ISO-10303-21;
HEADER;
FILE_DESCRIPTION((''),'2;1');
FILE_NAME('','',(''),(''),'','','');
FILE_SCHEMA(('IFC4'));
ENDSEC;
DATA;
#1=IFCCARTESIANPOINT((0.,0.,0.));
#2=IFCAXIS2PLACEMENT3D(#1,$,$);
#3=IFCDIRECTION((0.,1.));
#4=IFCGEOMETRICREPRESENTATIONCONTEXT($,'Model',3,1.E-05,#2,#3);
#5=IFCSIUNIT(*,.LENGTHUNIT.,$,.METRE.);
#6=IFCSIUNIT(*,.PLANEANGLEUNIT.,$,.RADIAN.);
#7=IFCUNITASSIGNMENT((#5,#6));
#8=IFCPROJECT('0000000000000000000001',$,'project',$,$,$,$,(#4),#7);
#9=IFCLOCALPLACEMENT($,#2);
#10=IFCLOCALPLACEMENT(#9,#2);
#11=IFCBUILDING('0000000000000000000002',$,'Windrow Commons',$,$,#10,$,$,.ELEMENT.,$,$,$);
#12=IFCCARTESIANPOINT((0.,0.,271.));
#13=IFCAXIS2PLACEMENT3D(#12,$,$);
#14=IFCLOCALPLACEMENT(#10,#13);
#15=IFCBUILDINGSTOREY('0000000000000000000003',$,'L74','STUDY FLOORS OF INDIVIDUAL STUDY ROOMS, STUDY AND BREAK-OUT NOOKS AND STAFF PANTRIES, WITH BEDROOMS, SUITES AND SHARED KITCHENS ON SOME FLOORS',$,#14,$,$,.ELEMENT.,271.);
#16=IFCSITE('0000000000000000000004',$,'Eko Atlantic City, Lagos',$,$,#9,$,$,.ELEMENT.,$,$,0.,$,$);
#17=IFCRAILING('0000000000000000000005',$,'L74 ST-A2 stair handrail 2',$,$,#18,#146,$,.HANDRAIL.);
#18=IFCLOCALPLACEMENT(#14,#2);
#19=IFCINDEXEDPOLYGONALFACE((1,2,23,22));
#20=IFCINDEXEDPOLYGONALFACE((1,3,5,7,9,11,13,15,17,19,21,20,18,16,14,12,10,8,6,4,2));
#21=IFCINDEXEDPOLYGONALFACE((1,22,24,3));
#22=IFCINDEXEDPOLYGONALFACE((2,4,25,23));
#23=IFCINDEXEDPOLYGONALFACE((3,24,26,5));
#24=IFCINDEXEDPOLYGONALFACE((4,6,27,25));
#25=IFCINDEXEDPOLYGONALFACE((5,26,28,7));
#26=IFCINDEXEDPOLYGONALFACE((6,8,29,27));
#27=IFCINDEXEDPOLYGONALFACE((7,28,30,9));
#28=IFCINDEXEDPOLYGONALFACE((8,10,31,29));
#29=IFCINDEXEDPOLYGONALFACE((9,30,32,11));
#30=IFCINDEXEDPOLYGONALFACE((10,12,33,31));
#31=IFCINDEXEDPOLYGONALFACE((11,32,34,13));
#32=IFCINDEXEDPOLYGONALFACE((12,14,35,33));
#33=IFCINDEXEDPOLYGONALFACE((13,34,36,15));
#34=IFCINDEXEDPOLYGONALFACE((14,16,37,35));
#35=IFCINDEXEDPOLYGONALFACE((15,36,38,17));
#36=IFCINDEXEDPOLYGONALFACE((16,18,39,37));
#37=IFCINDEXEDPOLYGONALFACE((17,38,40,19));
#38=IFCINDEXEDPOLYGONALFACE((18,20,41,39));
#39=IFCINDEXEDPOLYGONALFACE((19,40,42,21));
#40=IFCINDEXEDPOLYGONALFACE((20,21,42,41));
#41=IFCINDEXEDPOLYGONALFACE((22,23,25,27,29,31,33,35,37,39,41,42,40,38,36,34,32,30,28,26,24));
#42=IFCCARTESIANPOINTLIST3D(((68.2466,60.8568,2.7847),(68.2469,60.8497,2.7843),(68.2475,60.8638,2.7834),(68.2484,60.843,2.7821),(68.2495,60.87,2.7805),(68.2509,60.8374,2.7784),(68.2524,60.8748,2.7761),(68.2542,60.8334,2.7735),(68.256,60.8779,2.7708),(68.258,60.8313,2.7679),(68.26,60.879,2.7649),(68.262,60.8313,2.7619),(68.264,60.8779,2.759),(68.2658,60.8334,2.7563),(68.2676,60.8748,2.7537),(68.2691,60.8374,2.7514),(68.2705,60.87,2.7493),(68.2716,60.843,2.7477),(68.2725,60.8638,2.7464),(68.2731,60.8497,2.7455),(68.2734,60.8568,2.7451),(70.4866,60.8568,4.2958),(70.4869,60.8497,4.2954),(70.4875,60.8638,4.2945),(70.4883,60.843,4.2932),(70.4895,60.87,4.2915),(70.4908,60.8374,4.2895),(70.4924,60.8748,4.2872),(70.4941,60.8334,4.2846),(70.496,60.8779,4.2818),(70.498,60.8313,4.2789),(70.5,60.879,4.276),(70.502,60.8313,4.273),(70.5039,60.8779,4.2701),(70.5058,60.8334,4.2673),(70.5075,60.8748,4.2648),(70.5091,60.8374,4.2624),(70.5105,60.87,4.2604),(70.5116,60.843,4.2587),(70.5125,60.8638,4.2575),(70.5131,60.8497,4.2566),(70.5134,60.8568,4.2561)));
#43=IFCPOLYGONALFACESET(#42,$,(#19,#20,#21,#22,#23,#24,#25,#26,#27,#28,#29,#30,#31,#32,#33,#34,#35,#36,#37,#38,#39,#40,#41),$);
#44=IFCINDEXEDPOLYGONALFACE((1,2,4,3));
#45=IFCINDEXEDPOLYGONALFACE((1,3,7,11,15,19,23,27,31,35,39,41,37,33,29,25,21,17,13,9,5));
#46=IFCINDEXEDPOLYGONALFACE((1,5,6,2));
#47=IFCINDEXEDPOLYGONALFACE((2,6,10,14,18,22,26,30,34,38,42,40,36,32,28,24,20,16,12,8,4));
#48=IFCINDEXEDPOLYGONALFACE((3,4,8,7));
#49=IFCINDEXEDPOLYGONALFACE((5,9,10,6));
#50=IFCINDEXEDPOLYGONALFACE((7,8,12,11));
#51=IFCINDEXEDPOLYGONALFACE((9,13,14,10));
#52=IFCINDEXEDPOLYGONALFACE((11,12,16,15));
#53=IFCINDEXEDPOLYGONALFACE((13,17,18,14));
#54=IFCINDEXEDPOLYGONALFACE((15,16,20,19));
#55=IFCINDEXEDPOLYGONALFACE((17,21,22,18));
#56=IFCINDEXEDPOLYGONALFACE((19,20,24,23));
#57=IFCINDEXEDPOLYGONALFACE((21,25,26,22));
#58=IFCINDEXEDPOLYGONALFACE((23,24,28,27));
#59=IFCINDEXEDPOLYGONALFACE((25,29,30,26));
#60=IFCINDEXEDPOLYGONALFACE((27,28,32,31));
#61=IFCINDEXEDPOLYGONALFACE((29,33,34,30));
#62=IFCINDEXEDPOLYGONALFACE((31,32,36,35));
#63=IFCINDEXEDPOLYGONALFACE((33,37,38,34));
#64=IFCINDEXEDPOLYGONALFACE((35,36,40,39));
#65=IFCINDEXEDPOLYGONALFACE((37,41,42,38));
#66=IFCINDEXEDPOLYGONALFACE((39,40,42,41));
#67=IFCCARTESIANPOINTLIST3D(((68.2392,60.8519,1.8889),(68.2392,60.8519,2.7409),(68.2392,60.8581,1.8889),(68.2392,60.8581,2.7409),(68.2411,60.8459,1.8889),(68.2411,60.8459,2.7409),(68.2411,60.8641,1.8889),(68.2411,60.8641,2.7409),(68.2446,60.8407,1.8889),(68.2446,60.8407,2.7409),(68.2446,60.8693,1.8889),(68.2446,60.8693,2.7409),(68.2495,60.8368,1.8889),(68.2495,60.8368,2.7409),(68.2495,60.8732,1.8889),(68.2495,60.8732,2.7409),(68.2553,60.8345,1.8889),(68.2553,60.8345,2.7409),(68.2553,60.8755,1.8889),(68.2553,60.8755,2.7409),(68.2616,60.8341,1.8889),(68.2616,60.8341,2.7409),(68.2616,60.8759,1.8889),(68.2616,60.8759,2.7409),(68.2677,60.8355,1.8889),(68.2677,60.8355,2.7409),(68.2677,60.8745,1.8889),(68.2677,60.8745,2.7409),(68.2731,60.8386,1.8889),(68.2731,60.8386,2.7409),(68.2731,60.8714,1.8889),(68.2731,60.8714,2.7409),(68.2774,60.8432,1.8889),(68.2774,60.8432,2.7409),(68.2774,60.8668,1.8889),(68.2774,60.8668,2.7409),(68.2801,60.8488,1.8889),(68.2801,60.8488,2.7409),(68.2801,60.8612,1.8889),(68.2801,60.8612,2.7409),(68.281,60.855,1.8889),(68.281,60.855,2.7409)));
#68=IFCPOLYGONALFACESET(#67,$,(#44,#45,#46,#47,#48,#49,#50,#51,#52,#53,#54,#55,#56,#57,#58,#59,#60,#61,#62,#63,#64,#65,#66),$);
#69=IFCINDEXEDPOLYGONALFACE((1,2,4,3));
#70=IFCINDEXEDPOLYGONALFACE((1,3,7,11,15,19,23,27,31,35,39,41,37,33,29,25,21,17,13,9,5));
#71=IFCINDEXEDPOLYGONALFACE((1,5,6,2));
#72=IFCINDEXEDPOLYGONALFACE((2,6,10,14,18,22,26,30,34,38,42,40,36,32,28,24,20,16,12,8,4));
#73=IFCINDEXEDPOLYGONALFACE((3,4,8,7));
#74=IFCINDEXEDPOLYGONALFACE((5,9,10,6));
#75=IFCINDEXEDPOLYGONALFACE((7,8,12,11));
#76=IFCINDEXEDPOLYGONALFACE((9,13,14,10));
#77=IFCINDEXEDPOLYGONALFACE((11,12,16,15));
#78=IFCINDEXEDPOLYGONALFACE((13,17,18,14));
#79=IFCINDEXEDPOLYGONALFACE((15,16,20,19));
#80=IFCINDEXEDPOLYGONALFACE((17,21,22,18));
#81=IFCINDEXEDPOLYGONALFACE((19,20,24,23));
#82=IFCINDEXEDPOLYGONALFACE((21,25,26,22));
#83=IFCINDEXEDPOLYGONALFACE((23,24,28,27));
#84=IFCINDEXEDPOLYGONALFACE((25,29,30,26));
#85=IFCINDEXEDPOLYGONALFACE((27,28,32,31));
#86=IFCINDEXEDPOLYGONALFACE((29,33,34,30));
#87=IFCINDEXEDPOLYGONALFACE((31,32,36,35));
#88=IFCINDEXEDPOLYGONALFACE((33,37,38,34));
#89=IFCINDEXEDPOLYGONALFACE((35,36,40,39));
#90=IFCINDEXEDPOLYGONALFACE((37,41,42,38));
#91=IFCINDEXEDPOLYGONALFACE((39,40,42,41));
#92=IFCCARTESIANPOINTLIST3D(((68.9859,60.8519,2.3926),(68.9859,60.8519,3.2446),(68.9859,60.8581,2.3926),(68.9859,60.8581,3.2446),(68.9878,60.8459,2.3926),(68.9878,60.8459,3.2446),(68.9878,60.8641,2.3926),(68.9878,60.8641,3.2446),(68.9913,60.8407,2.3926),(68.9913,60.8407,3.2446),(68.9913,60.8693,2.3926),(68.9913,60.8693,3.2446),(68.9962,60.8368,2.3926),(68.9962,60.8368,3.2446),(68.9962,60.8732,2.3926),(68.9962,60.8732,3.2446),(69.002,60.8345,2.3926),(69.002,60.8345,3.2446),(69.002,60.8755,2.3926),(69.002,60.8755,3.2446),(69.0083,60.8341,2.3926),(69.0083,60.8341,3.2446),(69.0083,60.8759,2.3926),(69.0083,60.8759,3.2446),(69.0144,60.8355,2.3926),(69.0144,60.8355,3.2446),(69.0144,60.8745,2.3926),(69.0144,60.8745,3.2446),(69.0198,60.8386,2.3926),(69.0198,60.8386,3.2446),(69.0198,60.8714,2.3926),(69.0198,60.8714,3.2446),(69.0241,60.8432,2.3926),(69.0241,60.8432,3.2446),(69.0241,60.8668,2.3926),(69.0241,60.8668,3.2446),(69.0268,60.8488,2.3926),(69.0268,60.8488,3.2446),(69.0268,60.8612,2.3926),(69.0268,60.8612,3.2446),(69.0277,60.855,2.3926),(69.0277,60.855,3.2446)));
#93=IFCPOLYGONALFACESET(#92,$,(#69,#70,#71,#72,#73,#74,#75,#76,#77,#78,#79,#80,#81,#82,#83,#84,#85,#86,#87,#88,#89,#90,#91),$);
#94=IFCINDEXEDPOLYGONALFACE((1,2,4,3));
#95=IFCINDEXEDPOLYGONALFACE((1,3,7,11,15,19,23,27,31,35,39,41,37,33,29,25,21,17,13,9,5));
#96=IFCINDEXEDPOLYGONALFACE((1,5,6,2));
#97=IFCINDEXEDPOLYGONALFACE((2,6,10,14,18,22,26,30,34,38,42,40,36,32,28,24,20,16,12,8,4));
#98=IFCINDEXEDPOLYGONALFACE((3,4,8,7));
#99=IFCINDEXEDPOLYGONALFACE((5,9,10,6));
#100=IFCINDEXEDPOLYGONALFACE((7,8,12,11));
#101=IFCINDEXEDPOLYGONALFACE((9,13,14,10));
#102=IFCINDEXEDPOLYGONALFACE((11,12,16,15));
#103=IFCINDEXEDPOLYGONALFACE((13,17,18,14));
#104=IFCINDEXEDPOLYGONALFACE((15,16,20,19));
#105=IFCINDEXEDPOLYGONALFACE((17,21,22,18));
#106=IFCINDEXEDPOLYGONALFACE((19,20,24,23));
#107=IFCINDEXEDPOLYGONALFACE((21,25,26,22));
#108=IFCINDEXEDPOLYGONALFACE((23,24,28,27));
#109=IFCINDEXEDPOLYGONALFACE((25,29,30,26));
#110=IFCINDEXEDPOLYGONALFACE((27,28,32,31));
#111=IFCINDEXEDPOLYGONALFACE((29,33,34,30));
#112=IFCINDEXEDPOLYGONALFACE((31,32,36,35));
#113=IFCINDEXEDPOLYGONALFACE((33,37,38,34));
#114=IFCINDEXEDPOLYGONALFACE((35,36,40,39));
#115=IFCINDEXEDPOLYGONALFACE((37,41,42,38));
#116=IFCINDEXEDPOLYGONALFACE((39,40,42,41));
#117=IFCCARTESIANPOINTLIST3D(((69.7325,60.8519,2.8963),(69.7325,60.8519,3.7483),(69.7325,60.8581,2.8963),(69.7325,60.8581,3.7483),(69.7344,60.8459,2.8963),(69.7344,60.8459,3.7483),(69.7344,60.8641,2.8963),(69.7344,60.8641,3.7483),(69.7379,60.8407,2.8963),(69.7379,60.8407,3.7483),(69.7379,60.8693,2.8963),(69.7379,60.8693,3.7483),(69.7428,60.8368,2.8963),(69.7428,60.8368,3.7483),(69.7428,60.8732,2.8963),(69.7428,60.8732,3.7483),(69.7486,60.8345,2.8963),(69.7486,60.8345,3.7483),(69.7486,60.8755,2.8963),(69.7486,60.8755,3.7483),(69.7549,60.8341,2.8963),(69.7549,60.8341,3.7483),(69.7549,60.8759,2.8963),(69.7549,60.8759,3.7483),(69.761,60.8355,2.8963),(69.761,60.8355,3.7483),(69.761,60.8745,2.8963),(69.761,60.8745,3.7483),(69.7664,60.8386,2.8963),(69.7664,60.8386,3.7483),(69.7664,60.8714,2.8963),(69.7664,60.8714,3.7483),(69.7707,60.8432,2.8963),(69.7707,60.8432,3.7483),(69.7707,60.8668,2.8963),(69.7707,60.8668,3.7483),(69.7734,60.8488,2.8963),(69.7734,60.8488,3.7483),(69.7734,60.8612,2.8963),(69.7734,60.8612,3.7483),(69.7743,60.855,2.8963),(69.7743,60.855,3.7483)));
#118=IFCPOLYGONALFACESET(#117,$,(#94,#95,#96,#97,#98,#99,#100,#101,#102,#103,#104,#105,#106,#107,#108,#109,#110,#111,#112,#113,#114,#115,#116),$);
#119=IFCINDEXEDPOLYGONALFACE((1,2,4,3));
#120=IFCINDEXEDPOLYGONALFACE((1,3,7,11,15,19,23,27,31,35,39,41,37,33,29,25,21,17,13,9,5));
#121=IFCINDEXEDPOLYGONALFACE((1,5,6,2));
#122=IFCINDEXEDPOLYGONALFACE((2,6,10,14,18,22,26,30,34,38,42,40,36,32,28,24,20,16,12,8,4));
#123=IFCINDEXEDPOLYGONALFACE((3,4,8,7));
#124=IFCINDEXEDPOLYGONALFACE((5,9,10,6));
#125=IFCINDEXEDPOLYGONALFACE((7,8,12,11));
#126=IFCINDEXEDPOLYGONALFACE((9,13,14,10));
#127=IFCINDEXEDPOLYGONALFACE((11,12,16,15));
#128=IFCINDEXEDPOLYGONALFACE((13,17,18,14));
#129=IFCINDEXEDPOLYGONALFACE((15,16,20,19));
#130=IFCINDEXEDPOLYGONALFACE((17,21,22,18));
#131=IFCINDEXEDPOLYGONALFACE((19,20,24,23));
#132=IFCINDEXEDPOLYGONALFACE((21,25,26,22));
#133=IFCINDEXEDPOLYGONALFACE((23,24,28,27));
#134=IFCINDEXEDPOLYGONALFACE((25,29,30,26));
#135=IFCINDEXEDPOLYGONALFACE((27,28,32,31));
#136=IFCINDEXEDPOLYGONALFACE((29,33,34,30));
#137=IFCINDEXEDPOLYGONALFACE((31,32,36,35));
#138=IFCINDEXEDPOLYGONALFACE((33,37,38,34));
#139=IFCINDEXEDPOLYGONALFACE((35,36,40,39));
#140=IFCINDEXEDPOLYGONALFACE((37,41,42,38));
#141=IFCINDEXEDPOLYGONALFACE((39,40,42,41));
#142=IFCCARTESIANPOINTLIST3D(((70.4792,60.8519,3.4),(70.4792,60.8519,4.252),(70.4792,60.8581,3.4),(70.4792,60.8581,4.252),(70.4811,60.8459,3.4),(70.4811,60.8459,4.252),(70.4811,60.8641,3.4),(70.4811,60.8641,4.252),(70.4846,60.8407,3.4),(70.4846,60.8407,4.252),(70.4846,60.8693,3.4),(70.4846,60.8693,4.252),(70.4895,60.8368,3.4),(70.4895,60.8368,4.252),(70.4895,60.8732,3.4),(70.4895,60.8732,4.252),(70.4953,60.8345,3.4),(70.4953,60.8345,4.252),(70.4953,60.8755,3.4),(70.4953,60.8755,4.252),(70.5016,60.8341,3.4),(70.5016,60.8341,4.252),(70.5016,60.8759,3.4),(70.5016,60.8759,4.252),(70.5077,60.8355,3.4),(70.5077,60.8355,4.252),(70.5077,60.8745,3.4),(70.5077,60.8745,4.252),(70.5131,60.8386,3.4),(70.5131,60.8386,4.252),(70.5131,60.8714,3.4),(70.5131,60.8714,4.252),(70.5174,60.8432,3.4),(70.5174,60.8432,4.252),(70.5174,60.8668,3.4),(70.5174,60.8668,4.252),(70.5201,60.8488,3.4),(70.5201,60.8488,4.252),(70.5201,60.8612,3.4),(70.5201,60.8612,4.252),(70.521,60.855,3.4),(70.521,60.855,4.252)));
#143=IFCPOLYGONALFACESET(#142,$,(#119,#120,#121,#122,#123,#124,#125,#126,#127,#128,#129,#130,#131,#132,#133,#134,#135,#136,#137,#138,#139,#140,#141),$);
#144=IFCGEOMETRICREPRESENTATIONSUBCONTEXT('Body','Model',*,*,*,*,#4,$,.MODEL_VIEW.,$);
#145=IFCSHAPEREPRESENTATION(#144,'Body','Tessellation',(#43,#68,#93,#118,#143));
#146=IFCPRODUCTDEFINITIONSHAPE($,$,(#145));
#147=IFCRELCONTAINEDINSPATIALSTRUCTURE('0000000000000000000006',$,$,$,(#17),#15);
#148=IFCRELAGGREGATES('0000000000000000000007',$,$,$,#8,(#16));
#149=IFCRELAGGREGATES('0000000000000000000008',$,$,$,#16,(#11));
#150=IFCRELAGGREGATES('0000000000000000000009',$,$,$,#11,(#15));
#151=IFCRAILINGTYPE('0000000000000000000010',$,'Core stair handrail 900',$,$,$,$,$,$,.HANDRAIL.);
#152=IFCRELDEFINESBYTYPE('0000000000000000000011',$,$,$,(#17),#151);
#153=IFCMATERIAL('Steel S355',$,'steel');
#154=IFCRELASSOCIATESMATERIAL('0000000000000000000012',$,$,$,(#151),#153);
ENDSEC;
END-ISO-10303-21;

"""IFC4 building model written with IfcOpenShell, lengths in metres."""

from ifc_helpers import new_model, si_unit, direction, frame, origin, origin_2d, place, context, subcontext, project, spatial, circle, extrude, material, type_object, element, save


model = new_model("IFC4")

# Units and contexts
model_context = context("Model", 3, precision=1e-05, world=origin(), true_north=direction((0.0, 1.0)))
body_context = subcontext(model_context, "Body", "Model", "MODEL_VIEW")
ifc_project = project(units=[si_unit("LENGTHUNIT", "METRE"), si_unit("PLANEANGLEUNIT", "RADIAN")], contexts=[model_context])

# Site, building, storey
site_placement = place(None, origin())
site = spatial("IfcSite", under=ifc_project, at=site_placement, Name="Eko Atlantic City, Lagos", CompositionType="ELEMENT", RefElevation=0.0)
building_placement = place(site_placement, origin())
building = spatial("IfcBuilding", under=site, at=building_placement, Name="Windrow Commons", CompositionType="ELEMENT")
storey_placement = place(building_placement, frame((0.0, 0.0, 271.0)))
storey = spatial("IfcBuildingStorey", under=building, at=storey_placement, Name="L74", Description="STUDY FLOORS OF INDIVIDUAL STUDY ROOMS, STUDY AND BREAK-OUT NOOKS AND STAFF PANTRIES, WITH BEDROOMS, SUITES AND SHARED KITCHENS ON SOME FLOORS", CompositionType="ELEMENT", Elevation=271.0)

# Railing
ifc_material_1 = material(Name="Steel S355", Category="steel")
railing_type_1 = type_object("IfcRailingType", Name="Core stair handrail 900", PredefinedType="HANDRAIL", material=ifc_material_1)
railing_1_placement = place(storey_placement, frame((68.26, 60.855, 1.8889)))
element("IfcRailing", 1, at=railing_1_placement, inside=storey, type_object=railing_type_1, Name="L74 ST-A2 stair handrail 2", PredefinedType="HANDRAIL", context=body_context, shape_type="SweptSolid", body=[
    extrude(circle(Radius=0.024, at=origin_2d()), frame((0.0, 0.0, 0.876), z_axis=(0.829003, 0.0, 0.559244), x_axis=(0.0, 1.0, 0.0)), (0.0, 0.0, 1.0), 2.702),
    extrude(circle(Radius=0.021, at=origin_2d()), origin(), (0.0, 0.0, 1.0), 0.852),
    extrude(circle(Radius=0.021, at=origin_2d()), frame((0.7467, 0.0, 0.5037)), (0.0, 0.0, 1.0), 0.852),
    extrude(circle(Radius=0.021, at=origin_2d()), frame((1.4933, 0.0, 1.0074)), (0.0, 0.0, 1.0), 0.852),
    extrude(circle(Radius=0.021, at=origin_2d()), frame((2.24, 0.0, 1.5111)), (0.0, 0.0, 1.0), 0.852),
])

save(model, "model.ifc")
